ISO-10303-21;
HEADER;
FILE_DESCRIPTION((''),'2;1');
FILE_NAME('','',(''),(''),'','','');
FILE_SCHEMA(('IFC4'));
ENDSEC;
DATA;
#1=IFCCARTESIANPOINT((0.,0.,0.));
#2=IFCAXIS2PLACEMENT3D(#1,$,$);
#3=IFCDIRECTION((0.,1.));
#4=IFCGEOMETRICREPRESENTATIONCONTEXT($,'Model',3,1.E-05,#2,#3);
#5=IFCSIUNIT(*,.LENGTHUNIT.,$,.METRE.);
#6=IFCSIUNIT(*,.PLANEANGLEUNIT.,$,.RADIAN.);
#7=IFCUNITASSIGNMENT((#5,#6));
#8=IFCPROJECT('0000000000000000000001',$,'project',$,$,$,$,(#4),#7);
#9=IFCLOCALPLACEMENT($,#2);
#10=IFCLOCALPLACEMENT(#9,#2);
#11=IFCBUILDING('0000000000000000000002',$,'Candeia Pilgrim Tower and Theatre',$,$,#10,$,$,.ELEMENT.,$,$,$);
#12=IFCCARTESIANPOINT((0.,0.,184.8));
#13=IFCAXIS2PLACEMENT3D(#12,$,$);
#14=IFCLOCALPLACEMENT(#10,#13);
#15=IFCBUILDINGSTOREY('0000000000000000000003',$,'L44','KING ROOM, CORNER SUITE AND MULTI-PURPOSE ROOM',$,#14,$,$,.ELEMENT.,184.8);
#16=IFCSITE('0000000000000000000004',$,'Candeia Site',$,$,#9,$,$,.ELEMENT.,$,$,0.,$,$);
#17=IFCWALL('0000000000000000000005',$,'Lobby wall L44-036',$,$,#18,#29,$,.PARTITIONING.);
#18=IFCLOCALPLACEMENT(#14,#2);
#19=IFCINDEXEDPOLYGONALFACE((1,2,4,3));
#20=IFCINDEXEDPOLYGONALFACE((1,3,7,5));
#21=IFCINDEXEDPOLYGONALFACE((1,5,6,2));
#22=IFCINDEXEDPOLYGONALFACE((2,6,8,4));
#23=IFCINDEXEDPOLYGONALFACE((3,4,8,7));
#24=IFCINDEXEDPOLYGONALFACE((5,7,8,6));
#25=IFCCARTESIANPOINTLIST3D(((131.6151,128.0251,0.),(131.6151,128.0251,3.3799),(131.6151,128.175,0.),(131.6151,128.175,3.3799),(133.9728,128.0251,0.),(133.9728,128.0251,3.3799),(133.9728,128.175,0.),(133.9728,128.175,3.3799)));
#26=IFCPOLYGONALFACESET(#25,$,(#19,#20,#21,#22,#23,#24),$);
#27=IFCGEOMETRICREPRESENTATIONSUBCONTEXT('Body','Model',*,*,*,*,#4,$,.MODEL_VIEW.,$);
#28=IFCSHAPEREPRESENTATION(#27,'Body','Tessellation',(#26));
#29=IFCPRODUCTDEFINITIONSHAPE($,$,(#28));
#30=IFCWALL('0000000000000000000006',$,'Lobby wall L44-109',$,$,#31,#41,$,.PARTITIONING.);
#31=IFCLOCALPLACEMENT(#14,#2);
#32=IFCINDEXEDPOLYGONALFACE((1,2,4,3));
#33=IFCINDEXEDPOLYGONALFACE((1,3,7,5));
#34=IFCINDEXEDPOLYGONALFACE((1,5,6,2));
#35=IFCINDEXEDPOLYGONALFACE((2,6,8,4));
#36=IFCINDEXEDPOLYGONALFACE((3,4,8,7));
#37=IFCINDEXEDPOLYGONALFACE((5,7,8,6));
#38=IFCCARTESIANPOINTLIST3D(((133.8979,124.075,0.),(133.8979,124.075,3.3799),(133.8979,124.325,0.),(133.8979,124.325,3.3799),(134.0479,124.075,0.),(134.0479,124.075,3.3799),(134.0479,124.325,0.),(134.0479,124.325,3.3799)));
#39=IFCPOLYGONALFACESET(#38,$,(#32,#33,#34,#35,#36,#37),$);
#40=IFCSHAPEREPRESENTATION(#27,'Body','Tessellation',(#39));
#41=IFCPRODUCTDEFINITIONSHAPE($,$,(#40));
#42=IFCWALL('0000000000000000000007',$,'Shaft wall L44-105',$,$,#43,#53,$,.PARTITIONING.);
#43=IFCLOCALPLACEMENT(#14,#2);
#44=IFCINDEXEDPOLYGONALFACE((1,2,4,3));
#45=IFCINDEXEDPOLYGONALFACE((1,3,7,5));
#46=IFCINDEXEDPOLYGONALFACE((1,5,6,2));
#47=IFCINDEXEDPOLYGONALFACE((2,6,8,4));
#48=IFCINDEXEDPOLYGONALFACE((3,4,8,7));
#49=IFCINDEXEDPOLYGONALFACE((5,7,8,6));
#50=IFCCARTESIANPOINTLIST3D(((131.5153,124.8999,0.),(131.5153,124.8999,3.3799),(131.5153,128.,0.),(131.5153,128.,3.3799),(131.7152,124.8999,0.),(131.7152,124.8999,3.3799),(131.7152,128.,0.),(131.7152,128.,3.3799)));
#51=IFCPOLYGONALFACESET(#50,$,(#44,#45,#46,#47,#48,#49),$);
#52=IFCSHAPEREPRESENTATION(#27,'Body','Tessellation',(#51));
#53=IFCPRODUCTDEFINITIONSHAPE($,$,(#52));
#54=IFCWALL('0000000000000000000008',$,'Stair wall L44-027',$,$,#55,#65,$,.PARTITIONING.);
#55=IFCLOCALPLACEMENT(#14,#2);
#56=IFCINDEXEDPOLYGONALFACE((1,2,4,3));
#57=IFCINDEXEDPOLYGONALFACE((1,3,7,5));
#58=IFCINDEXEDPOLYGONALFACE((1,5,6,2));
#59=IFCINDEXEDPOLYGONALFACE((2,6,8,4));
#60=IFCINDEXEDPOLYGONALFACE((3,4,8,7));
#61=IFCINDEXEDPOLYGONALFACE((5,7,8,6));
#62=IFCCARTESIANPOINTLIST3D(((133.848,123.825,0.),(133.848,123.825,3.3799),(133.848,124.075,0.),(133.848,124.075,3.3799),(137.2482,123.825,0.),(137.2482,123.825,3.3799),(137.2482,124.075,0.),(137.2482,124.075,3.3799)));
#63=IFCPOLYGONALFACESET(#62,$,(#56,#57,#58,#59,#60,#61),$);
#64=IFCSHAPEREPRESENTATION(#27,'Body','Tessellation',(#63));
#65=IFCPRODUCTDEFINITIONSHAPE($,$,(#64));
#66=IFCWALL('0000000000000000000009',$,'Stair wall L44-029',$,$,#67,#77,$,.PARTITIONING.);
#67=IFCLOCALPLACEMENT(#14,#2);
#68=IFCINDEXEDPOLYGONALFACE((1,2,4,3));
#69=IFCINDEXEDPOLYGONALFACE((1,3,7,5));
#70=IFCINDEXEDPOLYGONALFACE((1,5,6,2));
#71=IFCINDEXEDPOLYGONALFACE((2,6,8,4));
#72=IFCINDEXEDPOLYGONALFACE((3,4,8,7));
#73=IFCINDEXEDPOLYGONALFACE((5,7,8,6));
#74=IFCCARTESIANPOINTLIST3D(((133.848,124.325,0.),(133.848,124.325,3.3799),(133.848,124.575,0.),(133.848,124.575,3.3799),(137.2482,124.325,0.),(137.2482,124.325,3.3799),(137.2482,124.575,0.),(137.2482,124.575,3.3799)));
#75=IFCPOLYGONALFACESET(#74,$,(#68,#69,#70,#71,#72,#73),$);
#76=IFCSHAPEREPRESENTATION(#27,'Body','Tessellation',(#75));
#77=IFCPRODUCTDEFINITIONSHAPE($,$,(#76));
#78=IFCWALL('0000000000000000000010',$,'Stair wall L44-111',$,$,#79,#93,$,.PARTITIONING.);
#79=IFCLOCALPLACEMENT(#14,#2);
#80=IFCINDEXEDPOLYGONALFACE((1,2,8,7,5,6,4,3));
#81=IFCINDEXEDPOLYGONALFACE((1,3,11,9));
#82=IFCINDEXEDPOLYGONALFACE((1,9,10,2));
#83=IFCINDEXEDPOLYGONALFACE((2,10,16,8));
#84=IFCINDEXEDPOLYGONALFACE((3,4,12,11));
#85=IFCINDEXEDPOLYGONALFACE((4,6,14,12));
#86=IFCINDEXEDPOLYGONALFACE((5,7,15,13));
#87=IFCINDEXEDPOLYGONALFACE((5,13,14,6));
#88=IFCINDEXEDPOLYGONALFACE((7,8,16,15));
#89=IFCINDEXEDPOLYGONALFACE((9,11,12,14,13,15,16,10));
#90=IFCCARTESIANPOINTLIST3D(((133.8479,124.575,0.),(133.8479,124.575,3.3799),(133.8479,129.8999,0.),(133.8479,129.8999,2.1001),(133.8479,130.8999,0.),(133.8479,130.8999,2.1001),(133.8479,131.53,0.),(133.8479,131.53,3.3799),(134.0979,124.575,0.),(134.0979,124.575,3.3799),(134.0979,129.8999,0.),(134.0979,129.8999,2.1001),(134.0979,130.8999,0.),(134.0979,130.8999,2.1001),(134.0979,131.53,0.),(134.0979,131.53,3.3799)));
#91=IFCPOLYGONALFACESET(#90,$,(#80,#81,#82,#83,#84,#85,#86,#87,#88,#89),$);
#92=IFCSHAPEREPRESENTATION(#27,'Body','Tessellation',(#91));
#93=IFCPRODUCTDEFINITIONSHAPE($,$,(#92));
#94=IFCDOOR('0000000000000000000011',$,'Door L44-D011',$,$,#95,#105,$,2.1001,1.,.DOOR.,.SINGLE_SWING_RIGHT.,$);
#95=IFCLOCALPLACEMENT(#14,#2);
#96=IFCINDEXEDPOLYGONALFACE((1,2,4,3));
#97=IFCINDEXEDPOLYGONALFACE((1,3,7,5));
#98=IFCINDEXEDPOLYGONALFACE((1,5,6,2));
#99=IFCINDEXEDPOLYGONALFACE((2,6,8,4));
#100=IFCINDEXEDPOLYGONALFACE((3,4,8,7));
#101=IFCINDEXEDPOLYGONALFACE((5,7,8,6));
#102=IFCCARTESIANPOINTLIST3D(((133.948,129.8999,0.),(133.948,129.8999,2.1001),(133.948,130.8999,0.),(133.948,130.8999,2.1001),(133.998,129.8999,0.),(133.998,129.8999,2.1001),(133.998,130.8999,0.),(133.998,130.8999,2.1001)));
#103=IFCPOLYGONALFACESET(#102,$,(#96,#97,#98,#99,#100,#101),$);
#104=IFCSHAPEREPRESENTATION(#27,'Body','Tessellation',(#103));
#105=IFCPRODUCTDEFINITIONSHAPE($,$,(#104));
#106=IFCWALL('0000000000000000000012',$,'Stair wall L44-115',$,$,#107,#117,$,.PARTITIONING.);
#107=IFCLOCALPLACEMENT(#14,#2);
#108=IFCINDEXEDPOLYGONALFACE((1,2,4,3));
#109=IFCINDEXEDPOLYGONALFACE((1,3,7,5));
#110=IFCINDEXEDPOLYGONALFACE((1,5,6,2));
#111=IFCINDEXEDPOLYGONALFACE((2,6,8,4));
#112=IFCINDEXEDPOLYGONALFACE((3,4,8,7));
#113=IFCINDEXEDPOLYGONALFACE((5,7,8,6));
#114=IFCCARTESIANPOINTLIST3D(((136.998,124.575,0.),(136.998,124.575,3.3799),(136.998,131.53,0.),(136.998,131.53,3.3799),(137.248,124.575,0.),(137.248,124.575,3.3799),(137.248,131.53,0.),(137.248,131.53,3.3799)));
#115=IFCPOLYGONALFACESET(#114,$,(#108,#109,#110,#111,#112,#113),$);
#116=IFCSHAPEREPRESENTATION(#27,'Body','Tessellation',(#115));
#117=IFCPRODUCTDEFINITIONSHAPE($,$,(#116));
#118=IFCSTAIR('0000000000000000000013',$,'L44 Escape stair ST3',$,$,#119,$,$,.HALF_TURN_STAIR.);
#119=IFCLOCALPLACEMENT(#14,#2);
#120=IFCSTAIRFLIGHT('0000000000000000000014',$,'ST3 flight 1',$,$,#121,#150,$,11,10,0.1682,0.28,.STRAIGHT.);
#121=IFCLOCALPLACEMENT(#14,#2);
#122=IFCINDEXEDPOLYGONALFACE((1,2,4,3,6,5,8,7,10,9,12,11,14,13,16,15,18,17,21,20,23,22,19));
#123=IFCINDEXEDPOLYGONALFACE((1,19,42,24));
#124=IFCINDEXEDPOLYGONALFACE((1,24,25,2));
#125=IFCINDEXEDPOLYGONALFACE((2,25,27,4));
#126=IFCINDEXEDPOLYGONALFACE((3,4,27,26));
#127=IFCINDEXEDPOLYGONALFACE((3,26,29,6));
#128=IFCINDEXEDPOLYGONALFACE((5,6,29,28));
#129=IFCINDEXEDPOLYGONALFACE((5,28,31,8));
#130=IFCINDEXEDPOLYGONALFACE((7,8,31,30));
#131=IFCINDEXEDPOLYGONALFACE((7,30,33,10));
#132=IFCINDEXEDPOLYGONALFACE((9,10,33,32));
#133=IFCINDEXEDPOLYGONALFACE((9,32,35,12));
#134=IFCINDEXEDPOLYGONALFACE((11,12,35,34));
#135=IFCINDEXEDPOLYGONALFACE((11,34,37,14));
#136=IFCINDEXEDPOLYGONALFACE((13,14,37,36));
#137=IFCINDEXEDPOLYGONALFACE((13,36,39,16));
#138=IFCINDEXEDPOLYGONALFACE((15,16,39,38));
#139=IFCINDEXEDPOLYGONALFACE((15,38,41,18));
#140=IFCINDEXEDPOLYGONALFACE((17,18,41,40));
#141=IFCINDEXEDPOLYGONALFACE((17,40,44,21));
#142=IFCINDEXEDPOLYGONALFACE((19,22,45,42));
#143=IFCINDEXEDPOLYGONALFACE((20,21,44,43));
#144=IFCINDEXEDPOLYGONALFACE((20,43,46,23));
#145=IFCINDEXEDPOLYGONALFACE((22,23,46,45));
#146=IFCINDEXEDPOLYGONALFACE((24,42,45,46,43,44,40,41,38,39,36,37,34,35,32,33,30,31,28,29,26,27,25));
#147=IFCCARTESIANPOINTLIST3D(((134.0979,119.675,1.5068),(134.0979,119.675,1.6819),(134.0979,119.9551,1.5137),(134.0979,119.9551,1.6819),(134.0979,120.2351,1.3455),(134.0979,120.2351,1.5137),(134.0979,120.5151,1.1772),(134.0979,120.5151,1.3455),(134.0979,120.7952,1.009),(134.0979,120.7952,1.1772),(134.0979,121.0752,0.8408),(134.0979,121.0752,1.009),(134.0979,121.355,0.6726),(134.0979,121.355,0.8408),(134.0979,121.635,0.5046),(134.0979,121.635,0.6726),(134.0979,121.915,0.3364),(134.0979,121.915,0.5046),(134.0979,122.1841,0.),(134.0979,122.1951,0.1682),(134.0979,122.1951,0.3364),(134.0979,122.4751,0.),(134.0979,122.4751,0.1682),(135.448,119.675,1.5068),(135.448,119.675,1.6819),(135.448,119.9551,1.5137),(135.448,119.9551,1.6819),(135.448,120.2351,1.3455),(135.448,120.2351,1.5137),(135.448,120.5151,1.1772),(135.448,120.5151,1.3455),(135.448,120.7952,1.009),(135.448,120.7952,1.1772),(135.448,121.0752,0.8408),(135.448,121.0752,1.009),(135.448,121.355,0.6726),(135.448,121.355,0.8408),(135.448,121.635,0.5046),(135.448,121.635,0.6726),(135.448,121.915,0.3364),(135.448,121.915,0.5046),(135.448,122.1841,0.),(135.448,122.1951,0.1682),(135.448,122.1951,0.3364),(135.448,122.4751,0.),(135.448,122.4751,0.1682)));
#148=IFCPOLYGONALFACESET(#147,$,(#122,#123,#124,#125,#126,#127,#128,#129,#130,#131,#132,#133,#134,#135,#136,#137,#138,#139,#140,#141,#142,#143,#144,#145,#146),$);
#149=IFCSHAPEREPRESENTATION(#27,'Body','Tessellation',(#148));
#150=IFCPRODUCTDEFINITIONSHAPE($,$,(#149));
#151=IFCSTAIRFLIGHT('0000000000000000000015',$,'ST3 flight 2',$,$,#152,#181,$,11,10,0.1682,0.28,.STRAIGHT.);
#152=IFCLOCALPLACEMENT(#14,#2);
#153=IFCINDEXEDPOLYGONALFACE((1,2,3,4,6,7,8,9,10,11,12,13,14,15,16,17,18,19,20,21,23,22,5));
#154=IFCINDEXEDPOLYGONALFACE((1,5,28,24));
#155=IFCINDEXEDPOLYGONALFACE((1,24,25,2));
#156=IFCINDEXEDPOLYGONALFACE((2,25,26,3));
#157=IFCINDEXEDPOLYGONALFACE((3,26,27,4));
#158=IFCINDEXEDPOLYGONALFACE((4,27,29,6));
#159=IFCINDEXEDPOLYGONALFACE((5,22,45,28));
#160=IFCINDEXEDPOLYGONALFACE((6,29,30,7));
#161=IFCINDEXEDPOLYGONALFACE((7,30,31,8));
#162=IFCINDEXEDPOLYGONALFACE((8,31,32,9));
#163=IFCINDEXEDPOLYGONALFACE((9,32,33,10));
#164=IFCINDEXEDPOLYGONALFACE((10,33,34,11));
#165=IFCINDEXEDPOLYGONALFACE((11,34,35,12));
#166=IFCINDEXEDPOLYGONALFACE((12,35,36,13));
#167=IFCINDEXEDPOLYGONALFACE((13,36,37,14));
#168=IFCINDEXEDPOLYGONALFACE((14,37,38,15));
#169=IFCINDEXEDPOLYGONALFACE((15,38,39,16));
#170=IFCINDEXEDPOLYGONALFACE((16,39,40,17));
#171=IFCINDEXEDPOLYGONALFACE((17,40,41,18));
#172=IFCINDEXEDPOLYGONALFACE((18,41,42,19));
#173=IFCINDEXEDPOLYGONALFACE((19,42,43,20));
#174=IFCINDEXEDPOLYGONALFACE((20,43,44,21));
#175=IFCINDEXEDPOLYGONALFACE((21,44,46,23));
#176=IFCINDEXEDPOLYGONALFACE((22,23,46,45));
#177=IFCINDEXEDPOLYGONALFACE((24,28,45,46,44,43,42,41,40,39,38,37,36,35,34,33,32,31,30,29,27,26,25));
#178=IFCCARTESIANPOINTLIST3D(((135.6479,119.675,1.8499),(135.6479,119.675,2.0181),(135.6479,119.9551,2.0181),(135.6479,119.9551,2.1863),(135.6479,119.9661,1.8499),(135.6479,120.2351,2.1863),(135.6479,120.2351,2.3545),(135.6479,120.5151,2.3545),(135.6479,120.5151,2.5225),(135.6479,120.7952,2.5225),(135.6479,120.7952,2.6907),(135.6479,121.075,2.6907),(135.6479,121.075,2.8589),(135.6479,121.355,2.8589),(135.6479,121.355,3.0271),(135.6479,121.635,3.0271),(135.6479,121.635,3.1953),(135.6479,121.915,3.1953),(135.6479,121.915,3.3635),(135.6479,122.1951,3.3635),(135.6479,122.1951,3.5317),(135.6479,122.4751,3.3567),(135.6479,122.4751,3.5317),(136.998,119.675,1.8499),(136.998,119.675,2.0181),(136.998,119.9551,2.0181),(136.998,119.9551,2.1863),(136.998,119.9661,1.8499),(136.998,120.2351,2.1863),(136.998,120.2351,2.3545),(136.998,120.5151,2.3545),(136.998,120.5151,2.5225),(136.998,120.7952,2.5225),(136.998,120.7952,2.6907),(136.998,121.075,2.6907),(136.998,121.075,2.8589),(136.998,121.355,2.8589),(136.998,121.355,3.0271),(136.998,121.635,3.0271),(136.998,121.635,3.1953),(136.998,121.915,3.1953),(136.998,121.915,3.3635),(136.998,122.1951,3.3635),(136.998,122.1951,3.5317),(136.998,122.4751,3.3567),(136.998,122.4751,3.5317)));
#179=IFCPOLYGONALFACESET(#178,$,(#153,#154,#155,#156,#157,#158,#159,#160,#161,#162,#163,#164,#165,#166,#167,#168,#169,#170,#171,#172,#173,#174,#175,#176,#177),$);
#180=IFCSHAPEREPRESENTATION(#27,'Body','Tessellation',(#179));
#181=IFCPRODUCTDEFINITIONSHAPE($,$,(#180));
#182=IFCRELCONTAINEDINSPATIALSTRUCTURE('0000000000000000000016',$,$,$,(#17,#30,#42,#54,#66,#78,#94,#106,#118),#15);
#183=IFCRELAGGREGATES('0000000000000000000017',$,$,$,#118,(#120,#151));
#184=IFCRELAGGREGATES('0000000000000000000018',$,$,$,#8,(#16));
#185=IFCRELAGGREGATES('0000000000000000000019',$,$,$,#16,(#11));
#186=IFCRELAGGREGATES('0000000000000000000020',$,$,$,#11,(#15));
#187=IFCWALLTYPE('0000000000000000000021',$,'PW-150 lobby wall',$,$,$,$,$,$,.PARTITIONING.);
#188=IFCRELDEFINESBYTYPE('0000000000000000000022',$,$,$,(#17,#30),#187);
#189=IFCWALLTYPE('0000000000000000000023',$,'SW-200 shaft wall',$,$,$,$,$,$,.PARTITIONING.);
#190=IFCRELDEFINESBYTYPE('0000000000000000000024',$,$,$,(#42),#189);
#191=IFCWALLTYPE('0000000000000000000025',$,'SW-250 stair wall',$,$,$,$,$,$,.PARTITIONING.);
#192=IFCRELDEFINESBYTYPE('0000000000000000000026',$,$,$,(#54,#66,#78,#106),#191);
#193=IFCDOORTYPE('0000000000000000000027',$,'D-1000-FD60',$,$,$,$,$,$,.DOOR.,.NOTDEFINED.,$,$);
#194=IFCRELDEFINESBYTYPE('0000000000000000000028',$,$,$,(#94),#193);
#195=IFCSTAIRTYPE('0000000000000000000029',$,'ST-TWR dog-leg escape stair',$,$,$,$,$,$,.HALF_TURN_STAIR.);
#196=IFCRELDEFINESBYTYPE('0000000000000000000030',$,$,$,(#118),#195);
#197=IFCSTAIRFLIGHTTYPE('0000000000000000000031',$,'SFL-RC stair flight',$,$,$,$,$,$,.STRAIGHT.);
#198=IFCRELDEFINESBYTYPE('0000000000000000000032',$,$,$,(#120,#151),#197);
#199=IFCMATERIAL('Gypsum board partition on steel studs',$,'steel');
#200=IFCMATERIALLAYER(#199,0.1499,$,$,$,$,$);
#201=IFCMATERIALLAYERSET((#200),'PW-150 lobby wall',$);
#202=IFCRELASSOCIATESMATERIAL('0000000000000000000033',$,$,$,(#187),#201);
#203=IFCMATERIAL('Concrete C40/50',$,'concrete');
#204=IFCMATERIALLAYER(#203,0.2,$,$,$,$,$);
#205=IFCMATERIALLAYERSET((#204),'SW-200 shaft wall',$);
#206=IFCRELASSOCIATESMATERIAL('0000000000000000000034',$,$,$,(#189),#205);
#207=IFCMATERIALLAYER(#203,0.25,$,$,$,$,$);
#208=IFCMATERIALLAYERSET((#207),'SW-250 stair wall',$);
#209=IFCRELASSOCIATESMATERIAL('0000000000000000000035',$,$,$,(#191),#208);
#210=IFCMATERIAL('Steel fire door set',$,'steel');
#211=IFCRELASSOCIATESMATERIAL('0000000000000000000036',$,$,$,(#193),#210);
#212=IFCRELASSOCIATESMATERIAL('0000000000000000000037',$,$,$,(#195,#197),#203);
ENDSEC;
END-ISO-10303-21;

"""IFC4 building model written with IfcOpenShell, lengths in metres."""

from ifc_helpers import new_model, si_unit, direction, frame, frame_2d, origin, place, context, subcontext, project, spatial, polyline, rectangle, outline, extrude, material, layer, layer_set, type_object, element, fill, aggregate, save


model = new_model("IFC4")

# Units and contexts
model_context = context("Model", 3, precision=1e-05, world=origin(), true_north=direction((0.0, 1.0)))
body_context = subcontext(model_context, "Body", "Model", "MODEL_VIEW")
ifc_project = project(units=[si_unit("LENGTHUNIT", "METRE"), si_unit("PLANEANGLEUNIT", "RADIAN")], contexts=[model_context])

# Site, building, storey
site_placement = place(None, origin())
site = spatial("IfcSite", under=ifc_project, at=site_placement, Name="Candeia Site", CompositionType="ELEMENT", RefElevation=0.0)
building_placement = place(site_placement, origin())
building = spatial("IfcBuilding", under=site, at=building_placement, Name="Candeia Pilgrim Tower and Theatre", CompositionType="ELEMENT")
storey_placement = place(building_placement, frame((0.0, 0.0, 184.8)))
storey = spatial("IfcBuildingStorey", under=building, at=storey_placement, Name="L44", Description="KING ROOM, CORNER SUITE AND MULTI-PURPOSE ROOM", CompositionType="ELEMENT", Elevation=184.8)

# Walls
ifc_material_1 = material(Name="Gypsum board partition on steel studs", Category="steel")
ifc_layer_1 = layer(ifc_material_1, 0.1499)
ifc_layer_set_1 = layer_set([ifc_layer_1], Name="PW-150 lobby wall")
wall_type_1 = type_object("IfcWallType", Name="PW-150 lobby wall", PredefinedType="PARTITIONING", material=ifc_layer_set_1)
wall_1_placement = place(storey_placement, frame((131.6152, 128.1001, 0.0), z_axis=(0.0, 0.0, 1.0), x_axis=(1.0, 0.0, 0.0)))
element("IfcWall", 1, at=wall_1_placement, inside=storey, type_object=wall_type_1, Name="Lobby wall L44-036", PredefinedType="PARTITIONING", context=body_context, shape_type="SweptSolid", body=[
    extrude(rectangle(XDim=2.3577, YDim=0.1499, at=frame_2d((1.1787, 0.0))), origin(), (0.0, 0.0, 1.0), 3.3799),
])
wall_2_placement = place(storey_placement, frame((133.9729, 124.075, 0.0), z_axis=(0.0, 0.0, 1.0), x_axis=(0.0, 1.0, 0.0)))
element("IfcWall", 2, at=wall_2_placement, inside=storey, type_object=wall_type_1, Name="Lobby wall L44-109", PredefinedType="PARTITIONING", context=body_context, shape_type="SweptSolid", body=[
    extrude(rectangle(XDim=0.25, YDim=0.1499, at=frame_2d((0.125, 0.0))), origin(), (0.0, 0.0, 1.0), 3.3799),
])
ifc_material_2 = material(Name="Concrete C40/50", Category="concrete")
ifc_layer_2 = layer(ifc_material_2, 0.2)
ifc_layer_set_2 = layer_set([ifc_layer_2], Name="SW-200 shaft wall")
wall_type_2 = type_object("IfcWallType", Name="SW-200 shaft wall", PredefinedType="PARTITIONING", material=ifc_layer_set_2)
wall_3_placement = place(storey_placement, frame((131.6152, 124.8999, 0.0), z_axis=(0.0, 0.0, 1.0), x_axis=(0.0, 1.0, 0.0)))
element("IfcWall", 3, at=wall_3_placement, inside=storey, type_object=wall_type_2, Name="Shaft wall L44-105", PredefinedType="PARTITIONING", context=body_context, shape_type="SweptSolid", body=[
    extrude(rectangle(XDim=3.1001, YDim=0.2, at=frame_2d((1.55, 0.0))), origin(), (0.0, 0.0, 1.0), 3.3799),
])
ifc_layer_3 = layer(ifc_material_2, 0.25)
ifc_layer_set_3 = layer_set([ifc_layer_3], Name="SW-250 stair wall")
wall_type_3 = type_object("IfcWallType", Name="SW-250 stair wall", PredefinedType="PARTITIONING", material=ifc_layer_set_3)
for number, where, z_axis, x_axis, name in (
    (4, (133.8479, 123.95, 0.0), (0.0, 0.0, 1.0), (1.0, 0.0, 0.0), "Stair wall L44-027"),
    (5, (133.8479, 124.45, 0.0), (0.0, 0.0, 1.0), (1.0, 0.0, 0.0), "Stair wall L44-029"),
):
    element("IfcWall", number, at=place(storey_placement, frame(where, z_axis=z_axis, x_axis=x_axis)), inside=storey, type_object=wall_type_3, Name=name, PredefinedType="PARTITIONING", context=body_context, shape_type="SweptSolid", body=[
        extrude(rectangle(XDim=3.4001, YDim=0.25, at=frame_2d((1.7002, 0.0))), origin(), (0.0, 0.0, 1.0), 3.3799),
    ])

# Wall, opening, door
wall_4_placement = place(storey_placement, frame((133.9729, 124.575, 0.0), z_axis=(0.0, 0.0, 1.0), x_axis=(0.0, 1.0, 0.0)))
wall_4 = element("IfcWall", 6, at=wall_4_placement, inside=storey, type_object=wall_type_3, Name="Stair wall L44-111", PredefinedType="PARTITIONING", context=body_context, shape_type="SweptSolid", body=[
    extrude(rectangle(XDim=6.9551, YDim=0.25, at=frame_2d((3.4775, 0.0))), origin(), (0.0, 0.0, 1.0), 3.3799),
])
opening_placement = place(wall_4_placement, frame((5.325, 0.0, 0.0)))
opening = element("IfcOpeningElement", 7, at=opening_placement, cuts=wall_4, PredefinedType="OPENING", context=body_context, shape_type="SweptSolid", body=[
    extrude(rectangle(XDim=1.0, YDim=2.1001, at=frame_2d((0.5, 1.05))), frame((0.0, 0.135, 0.0), z_axis=(0.0, -1.0, 0.0), x_axis=(1.0, 0.0, 0.0)), (0.0, 0.0, 1.0), 0.27),
])
ifc_material_3 = material(Name="Steel fire door set", Category="steel")
door_type = type_object("IfcDoorType", Name="D-1000-FD60", OperationType="NOTDEFINED", PredefinedType="DOOR", material=ifc_material_3)
door_placement = place(opening_placement, origin())
door = element("IfcDoor", 8, at=door_placement, inside=storey, type_object=door_type, Name="Door L44-D011", OperationType="SINGLE_SWING_RIGHT", OverallHeight=2.1001, OverallWidth=1.0, PredefinedType="DOOR", context=body_context, shape_type="SweptSolid", body=[
    extrude(rectangle(XDim=1.0, YDim=2.1001, at=frame_2d((0.5, 1.05))), frame((0.0, 0.0249, 0.0), z_axis=(0.0, -1.0, 0.0), x_axis=(1.0, 0.0, 0.0)), (0.0, 0.0, 1.0), 0.05),
])
fill(opening, door)

# Wall
wall_5_placement = place(storey_placement, frame((137.123, 124.575, 0.0), z_axis=(0.0, 0.0, 1.0), x_axis=(0.0, 1.0, 0.0)))
element("IfcWall", 9, at=wall_5_placement, inside=storey, type_object=wall_type_3, Name="Stair wall L44-115", PredefinedType="PARTITIONING", context=body_context, shape_type="SweptSolid", body=[
    extrude(rectangle(XDim=6.9551, YDim=0.25, at=frame_2d((3.4775, 0.0))), origin(), (0.0, 0.0, 1.0), 3.3799),
])

# Stair, stair flights
stair_type = type_object("IfcStairType", Name="ST-TWR dog-leg escape stair", PredefinedType="HALF_TURN_STAIR", material=ifc_material_2)
stair_1_placement = place(storey_placement, origin())
stair_1 = element("IfcStair", 10, at=stair_1_placement, inside=storey, type_object=stair_type, Name="L44 Escape stair ST3", PredefinedType="HALF_TURN_STAIR")
stair_flight_type = type_object("IfcStairFlightType", Name="SFL-RC stair flight", PredefinedType="STRAIGHT", material=ifc_material_2)
stair_flight_1_placement = place(storey_placement, frame((134.7729, 122.4751, 0.0), z_axis=(0.0, 0.0, 1.0), x_axis=(0.0, -1.0, 0.0)))
stair_flight_1 = element("IfcStairFlight", 11, at=stair_flight_1_placement, type_object=stair_flight_type, Name="ST3 flight 1", NumberOfRisers=11, NumberOfTreads=10, PredefinedType="STRAIGHT", RiserHeight=0.1682, TreadLength=0.28, context=body_context, shape_type="SweptSolid", body=[
    extrude(outline(polyline([(0.0, 0.0), (0.0, 0.1682), (0.28, 0.1682), (0.28, 0.3364), (0.5601, 0.3364), (0.5601, 0.5046), (0.8401, 0.5046), (0.8401, 0.6726), (1.1201, 0.6726), (1.1201, 0.8408), (1.3999, 0.8408), (1.3999, 1.009), (1.6799, 1.009), (1.6799, 1.1772), (1.96, 1.1772), (1.96, 1.3455), (2.24, 1.3455), (2.24, 1.5137), (2.52, 1.5137), (2.52, 1.6819), (2.8, 1.6819), (2.8, 1.8501), (2.8, 1.5068), (0.291, 0.0), (0.0, 0.0)])), frame((0.0, 0.675, 0.0), z_axis=(0.0, -1.0, 0.0), x_axis=(1.0, 0.0, 0.0)), (0.0, 0.0, 1.0), 1.3501),
])
stair_flight_2_placement = place(storey_placement, frame((136.323, 119.675, 1.8499), z_axis=(0.0, 0.0, 1.0), x_axis=(0.0, 1.0, 0.0)))
stair_flight_2 = element("IfcStairFlight", 12, at=stair_flight_2_placement, type_object=stair_flight_type, Name="ST3 flight 2", NumberOfRisers=11, NumberOfTreads=10, PredefinedType="STRAIGHT", RiserHeight=0.1682, TreadLength=0.28, context=body_context, shape_type="SweptSolid", body=[
    extrude(outline(polyline([(0.0, 0.0), (0.0, 0.1682), (0.28, 0.1682), (0.28, 0.3364), (0.5601, 0.3364), (0.5601, 0.5046), (0.8401, 0.5046), (0.8401, 0.6726), (1.1201, 0.6726), (1.1201, 0.8408), (1.3999, 0.8408), (1.3999, 1.009), (1.6799, 1.009), (1.6799, 1.1772), (1.96, 1.1772), (1.96, 1.3455), (2.24, 1.3455), (2.24, 1.5137), (2.52, 1.5137), (2.52, 1.6819), (2.8, 1.6819), (2.8, 1.8501), (2.8, 1.5068), (0.291, 0.0), (0.0, 0.0)])), frame((0.0, 0.675, 0.0), z_axis=(0.0, -1.0, 0.0), x_axis=(1.0, 0.0, 0.0)), (0.0, 0.0, 1.0), 1.3501),
])
aggregate(stair_1, [stair_flight_1, stair_flight_2])

save(model, "model.ifc")
